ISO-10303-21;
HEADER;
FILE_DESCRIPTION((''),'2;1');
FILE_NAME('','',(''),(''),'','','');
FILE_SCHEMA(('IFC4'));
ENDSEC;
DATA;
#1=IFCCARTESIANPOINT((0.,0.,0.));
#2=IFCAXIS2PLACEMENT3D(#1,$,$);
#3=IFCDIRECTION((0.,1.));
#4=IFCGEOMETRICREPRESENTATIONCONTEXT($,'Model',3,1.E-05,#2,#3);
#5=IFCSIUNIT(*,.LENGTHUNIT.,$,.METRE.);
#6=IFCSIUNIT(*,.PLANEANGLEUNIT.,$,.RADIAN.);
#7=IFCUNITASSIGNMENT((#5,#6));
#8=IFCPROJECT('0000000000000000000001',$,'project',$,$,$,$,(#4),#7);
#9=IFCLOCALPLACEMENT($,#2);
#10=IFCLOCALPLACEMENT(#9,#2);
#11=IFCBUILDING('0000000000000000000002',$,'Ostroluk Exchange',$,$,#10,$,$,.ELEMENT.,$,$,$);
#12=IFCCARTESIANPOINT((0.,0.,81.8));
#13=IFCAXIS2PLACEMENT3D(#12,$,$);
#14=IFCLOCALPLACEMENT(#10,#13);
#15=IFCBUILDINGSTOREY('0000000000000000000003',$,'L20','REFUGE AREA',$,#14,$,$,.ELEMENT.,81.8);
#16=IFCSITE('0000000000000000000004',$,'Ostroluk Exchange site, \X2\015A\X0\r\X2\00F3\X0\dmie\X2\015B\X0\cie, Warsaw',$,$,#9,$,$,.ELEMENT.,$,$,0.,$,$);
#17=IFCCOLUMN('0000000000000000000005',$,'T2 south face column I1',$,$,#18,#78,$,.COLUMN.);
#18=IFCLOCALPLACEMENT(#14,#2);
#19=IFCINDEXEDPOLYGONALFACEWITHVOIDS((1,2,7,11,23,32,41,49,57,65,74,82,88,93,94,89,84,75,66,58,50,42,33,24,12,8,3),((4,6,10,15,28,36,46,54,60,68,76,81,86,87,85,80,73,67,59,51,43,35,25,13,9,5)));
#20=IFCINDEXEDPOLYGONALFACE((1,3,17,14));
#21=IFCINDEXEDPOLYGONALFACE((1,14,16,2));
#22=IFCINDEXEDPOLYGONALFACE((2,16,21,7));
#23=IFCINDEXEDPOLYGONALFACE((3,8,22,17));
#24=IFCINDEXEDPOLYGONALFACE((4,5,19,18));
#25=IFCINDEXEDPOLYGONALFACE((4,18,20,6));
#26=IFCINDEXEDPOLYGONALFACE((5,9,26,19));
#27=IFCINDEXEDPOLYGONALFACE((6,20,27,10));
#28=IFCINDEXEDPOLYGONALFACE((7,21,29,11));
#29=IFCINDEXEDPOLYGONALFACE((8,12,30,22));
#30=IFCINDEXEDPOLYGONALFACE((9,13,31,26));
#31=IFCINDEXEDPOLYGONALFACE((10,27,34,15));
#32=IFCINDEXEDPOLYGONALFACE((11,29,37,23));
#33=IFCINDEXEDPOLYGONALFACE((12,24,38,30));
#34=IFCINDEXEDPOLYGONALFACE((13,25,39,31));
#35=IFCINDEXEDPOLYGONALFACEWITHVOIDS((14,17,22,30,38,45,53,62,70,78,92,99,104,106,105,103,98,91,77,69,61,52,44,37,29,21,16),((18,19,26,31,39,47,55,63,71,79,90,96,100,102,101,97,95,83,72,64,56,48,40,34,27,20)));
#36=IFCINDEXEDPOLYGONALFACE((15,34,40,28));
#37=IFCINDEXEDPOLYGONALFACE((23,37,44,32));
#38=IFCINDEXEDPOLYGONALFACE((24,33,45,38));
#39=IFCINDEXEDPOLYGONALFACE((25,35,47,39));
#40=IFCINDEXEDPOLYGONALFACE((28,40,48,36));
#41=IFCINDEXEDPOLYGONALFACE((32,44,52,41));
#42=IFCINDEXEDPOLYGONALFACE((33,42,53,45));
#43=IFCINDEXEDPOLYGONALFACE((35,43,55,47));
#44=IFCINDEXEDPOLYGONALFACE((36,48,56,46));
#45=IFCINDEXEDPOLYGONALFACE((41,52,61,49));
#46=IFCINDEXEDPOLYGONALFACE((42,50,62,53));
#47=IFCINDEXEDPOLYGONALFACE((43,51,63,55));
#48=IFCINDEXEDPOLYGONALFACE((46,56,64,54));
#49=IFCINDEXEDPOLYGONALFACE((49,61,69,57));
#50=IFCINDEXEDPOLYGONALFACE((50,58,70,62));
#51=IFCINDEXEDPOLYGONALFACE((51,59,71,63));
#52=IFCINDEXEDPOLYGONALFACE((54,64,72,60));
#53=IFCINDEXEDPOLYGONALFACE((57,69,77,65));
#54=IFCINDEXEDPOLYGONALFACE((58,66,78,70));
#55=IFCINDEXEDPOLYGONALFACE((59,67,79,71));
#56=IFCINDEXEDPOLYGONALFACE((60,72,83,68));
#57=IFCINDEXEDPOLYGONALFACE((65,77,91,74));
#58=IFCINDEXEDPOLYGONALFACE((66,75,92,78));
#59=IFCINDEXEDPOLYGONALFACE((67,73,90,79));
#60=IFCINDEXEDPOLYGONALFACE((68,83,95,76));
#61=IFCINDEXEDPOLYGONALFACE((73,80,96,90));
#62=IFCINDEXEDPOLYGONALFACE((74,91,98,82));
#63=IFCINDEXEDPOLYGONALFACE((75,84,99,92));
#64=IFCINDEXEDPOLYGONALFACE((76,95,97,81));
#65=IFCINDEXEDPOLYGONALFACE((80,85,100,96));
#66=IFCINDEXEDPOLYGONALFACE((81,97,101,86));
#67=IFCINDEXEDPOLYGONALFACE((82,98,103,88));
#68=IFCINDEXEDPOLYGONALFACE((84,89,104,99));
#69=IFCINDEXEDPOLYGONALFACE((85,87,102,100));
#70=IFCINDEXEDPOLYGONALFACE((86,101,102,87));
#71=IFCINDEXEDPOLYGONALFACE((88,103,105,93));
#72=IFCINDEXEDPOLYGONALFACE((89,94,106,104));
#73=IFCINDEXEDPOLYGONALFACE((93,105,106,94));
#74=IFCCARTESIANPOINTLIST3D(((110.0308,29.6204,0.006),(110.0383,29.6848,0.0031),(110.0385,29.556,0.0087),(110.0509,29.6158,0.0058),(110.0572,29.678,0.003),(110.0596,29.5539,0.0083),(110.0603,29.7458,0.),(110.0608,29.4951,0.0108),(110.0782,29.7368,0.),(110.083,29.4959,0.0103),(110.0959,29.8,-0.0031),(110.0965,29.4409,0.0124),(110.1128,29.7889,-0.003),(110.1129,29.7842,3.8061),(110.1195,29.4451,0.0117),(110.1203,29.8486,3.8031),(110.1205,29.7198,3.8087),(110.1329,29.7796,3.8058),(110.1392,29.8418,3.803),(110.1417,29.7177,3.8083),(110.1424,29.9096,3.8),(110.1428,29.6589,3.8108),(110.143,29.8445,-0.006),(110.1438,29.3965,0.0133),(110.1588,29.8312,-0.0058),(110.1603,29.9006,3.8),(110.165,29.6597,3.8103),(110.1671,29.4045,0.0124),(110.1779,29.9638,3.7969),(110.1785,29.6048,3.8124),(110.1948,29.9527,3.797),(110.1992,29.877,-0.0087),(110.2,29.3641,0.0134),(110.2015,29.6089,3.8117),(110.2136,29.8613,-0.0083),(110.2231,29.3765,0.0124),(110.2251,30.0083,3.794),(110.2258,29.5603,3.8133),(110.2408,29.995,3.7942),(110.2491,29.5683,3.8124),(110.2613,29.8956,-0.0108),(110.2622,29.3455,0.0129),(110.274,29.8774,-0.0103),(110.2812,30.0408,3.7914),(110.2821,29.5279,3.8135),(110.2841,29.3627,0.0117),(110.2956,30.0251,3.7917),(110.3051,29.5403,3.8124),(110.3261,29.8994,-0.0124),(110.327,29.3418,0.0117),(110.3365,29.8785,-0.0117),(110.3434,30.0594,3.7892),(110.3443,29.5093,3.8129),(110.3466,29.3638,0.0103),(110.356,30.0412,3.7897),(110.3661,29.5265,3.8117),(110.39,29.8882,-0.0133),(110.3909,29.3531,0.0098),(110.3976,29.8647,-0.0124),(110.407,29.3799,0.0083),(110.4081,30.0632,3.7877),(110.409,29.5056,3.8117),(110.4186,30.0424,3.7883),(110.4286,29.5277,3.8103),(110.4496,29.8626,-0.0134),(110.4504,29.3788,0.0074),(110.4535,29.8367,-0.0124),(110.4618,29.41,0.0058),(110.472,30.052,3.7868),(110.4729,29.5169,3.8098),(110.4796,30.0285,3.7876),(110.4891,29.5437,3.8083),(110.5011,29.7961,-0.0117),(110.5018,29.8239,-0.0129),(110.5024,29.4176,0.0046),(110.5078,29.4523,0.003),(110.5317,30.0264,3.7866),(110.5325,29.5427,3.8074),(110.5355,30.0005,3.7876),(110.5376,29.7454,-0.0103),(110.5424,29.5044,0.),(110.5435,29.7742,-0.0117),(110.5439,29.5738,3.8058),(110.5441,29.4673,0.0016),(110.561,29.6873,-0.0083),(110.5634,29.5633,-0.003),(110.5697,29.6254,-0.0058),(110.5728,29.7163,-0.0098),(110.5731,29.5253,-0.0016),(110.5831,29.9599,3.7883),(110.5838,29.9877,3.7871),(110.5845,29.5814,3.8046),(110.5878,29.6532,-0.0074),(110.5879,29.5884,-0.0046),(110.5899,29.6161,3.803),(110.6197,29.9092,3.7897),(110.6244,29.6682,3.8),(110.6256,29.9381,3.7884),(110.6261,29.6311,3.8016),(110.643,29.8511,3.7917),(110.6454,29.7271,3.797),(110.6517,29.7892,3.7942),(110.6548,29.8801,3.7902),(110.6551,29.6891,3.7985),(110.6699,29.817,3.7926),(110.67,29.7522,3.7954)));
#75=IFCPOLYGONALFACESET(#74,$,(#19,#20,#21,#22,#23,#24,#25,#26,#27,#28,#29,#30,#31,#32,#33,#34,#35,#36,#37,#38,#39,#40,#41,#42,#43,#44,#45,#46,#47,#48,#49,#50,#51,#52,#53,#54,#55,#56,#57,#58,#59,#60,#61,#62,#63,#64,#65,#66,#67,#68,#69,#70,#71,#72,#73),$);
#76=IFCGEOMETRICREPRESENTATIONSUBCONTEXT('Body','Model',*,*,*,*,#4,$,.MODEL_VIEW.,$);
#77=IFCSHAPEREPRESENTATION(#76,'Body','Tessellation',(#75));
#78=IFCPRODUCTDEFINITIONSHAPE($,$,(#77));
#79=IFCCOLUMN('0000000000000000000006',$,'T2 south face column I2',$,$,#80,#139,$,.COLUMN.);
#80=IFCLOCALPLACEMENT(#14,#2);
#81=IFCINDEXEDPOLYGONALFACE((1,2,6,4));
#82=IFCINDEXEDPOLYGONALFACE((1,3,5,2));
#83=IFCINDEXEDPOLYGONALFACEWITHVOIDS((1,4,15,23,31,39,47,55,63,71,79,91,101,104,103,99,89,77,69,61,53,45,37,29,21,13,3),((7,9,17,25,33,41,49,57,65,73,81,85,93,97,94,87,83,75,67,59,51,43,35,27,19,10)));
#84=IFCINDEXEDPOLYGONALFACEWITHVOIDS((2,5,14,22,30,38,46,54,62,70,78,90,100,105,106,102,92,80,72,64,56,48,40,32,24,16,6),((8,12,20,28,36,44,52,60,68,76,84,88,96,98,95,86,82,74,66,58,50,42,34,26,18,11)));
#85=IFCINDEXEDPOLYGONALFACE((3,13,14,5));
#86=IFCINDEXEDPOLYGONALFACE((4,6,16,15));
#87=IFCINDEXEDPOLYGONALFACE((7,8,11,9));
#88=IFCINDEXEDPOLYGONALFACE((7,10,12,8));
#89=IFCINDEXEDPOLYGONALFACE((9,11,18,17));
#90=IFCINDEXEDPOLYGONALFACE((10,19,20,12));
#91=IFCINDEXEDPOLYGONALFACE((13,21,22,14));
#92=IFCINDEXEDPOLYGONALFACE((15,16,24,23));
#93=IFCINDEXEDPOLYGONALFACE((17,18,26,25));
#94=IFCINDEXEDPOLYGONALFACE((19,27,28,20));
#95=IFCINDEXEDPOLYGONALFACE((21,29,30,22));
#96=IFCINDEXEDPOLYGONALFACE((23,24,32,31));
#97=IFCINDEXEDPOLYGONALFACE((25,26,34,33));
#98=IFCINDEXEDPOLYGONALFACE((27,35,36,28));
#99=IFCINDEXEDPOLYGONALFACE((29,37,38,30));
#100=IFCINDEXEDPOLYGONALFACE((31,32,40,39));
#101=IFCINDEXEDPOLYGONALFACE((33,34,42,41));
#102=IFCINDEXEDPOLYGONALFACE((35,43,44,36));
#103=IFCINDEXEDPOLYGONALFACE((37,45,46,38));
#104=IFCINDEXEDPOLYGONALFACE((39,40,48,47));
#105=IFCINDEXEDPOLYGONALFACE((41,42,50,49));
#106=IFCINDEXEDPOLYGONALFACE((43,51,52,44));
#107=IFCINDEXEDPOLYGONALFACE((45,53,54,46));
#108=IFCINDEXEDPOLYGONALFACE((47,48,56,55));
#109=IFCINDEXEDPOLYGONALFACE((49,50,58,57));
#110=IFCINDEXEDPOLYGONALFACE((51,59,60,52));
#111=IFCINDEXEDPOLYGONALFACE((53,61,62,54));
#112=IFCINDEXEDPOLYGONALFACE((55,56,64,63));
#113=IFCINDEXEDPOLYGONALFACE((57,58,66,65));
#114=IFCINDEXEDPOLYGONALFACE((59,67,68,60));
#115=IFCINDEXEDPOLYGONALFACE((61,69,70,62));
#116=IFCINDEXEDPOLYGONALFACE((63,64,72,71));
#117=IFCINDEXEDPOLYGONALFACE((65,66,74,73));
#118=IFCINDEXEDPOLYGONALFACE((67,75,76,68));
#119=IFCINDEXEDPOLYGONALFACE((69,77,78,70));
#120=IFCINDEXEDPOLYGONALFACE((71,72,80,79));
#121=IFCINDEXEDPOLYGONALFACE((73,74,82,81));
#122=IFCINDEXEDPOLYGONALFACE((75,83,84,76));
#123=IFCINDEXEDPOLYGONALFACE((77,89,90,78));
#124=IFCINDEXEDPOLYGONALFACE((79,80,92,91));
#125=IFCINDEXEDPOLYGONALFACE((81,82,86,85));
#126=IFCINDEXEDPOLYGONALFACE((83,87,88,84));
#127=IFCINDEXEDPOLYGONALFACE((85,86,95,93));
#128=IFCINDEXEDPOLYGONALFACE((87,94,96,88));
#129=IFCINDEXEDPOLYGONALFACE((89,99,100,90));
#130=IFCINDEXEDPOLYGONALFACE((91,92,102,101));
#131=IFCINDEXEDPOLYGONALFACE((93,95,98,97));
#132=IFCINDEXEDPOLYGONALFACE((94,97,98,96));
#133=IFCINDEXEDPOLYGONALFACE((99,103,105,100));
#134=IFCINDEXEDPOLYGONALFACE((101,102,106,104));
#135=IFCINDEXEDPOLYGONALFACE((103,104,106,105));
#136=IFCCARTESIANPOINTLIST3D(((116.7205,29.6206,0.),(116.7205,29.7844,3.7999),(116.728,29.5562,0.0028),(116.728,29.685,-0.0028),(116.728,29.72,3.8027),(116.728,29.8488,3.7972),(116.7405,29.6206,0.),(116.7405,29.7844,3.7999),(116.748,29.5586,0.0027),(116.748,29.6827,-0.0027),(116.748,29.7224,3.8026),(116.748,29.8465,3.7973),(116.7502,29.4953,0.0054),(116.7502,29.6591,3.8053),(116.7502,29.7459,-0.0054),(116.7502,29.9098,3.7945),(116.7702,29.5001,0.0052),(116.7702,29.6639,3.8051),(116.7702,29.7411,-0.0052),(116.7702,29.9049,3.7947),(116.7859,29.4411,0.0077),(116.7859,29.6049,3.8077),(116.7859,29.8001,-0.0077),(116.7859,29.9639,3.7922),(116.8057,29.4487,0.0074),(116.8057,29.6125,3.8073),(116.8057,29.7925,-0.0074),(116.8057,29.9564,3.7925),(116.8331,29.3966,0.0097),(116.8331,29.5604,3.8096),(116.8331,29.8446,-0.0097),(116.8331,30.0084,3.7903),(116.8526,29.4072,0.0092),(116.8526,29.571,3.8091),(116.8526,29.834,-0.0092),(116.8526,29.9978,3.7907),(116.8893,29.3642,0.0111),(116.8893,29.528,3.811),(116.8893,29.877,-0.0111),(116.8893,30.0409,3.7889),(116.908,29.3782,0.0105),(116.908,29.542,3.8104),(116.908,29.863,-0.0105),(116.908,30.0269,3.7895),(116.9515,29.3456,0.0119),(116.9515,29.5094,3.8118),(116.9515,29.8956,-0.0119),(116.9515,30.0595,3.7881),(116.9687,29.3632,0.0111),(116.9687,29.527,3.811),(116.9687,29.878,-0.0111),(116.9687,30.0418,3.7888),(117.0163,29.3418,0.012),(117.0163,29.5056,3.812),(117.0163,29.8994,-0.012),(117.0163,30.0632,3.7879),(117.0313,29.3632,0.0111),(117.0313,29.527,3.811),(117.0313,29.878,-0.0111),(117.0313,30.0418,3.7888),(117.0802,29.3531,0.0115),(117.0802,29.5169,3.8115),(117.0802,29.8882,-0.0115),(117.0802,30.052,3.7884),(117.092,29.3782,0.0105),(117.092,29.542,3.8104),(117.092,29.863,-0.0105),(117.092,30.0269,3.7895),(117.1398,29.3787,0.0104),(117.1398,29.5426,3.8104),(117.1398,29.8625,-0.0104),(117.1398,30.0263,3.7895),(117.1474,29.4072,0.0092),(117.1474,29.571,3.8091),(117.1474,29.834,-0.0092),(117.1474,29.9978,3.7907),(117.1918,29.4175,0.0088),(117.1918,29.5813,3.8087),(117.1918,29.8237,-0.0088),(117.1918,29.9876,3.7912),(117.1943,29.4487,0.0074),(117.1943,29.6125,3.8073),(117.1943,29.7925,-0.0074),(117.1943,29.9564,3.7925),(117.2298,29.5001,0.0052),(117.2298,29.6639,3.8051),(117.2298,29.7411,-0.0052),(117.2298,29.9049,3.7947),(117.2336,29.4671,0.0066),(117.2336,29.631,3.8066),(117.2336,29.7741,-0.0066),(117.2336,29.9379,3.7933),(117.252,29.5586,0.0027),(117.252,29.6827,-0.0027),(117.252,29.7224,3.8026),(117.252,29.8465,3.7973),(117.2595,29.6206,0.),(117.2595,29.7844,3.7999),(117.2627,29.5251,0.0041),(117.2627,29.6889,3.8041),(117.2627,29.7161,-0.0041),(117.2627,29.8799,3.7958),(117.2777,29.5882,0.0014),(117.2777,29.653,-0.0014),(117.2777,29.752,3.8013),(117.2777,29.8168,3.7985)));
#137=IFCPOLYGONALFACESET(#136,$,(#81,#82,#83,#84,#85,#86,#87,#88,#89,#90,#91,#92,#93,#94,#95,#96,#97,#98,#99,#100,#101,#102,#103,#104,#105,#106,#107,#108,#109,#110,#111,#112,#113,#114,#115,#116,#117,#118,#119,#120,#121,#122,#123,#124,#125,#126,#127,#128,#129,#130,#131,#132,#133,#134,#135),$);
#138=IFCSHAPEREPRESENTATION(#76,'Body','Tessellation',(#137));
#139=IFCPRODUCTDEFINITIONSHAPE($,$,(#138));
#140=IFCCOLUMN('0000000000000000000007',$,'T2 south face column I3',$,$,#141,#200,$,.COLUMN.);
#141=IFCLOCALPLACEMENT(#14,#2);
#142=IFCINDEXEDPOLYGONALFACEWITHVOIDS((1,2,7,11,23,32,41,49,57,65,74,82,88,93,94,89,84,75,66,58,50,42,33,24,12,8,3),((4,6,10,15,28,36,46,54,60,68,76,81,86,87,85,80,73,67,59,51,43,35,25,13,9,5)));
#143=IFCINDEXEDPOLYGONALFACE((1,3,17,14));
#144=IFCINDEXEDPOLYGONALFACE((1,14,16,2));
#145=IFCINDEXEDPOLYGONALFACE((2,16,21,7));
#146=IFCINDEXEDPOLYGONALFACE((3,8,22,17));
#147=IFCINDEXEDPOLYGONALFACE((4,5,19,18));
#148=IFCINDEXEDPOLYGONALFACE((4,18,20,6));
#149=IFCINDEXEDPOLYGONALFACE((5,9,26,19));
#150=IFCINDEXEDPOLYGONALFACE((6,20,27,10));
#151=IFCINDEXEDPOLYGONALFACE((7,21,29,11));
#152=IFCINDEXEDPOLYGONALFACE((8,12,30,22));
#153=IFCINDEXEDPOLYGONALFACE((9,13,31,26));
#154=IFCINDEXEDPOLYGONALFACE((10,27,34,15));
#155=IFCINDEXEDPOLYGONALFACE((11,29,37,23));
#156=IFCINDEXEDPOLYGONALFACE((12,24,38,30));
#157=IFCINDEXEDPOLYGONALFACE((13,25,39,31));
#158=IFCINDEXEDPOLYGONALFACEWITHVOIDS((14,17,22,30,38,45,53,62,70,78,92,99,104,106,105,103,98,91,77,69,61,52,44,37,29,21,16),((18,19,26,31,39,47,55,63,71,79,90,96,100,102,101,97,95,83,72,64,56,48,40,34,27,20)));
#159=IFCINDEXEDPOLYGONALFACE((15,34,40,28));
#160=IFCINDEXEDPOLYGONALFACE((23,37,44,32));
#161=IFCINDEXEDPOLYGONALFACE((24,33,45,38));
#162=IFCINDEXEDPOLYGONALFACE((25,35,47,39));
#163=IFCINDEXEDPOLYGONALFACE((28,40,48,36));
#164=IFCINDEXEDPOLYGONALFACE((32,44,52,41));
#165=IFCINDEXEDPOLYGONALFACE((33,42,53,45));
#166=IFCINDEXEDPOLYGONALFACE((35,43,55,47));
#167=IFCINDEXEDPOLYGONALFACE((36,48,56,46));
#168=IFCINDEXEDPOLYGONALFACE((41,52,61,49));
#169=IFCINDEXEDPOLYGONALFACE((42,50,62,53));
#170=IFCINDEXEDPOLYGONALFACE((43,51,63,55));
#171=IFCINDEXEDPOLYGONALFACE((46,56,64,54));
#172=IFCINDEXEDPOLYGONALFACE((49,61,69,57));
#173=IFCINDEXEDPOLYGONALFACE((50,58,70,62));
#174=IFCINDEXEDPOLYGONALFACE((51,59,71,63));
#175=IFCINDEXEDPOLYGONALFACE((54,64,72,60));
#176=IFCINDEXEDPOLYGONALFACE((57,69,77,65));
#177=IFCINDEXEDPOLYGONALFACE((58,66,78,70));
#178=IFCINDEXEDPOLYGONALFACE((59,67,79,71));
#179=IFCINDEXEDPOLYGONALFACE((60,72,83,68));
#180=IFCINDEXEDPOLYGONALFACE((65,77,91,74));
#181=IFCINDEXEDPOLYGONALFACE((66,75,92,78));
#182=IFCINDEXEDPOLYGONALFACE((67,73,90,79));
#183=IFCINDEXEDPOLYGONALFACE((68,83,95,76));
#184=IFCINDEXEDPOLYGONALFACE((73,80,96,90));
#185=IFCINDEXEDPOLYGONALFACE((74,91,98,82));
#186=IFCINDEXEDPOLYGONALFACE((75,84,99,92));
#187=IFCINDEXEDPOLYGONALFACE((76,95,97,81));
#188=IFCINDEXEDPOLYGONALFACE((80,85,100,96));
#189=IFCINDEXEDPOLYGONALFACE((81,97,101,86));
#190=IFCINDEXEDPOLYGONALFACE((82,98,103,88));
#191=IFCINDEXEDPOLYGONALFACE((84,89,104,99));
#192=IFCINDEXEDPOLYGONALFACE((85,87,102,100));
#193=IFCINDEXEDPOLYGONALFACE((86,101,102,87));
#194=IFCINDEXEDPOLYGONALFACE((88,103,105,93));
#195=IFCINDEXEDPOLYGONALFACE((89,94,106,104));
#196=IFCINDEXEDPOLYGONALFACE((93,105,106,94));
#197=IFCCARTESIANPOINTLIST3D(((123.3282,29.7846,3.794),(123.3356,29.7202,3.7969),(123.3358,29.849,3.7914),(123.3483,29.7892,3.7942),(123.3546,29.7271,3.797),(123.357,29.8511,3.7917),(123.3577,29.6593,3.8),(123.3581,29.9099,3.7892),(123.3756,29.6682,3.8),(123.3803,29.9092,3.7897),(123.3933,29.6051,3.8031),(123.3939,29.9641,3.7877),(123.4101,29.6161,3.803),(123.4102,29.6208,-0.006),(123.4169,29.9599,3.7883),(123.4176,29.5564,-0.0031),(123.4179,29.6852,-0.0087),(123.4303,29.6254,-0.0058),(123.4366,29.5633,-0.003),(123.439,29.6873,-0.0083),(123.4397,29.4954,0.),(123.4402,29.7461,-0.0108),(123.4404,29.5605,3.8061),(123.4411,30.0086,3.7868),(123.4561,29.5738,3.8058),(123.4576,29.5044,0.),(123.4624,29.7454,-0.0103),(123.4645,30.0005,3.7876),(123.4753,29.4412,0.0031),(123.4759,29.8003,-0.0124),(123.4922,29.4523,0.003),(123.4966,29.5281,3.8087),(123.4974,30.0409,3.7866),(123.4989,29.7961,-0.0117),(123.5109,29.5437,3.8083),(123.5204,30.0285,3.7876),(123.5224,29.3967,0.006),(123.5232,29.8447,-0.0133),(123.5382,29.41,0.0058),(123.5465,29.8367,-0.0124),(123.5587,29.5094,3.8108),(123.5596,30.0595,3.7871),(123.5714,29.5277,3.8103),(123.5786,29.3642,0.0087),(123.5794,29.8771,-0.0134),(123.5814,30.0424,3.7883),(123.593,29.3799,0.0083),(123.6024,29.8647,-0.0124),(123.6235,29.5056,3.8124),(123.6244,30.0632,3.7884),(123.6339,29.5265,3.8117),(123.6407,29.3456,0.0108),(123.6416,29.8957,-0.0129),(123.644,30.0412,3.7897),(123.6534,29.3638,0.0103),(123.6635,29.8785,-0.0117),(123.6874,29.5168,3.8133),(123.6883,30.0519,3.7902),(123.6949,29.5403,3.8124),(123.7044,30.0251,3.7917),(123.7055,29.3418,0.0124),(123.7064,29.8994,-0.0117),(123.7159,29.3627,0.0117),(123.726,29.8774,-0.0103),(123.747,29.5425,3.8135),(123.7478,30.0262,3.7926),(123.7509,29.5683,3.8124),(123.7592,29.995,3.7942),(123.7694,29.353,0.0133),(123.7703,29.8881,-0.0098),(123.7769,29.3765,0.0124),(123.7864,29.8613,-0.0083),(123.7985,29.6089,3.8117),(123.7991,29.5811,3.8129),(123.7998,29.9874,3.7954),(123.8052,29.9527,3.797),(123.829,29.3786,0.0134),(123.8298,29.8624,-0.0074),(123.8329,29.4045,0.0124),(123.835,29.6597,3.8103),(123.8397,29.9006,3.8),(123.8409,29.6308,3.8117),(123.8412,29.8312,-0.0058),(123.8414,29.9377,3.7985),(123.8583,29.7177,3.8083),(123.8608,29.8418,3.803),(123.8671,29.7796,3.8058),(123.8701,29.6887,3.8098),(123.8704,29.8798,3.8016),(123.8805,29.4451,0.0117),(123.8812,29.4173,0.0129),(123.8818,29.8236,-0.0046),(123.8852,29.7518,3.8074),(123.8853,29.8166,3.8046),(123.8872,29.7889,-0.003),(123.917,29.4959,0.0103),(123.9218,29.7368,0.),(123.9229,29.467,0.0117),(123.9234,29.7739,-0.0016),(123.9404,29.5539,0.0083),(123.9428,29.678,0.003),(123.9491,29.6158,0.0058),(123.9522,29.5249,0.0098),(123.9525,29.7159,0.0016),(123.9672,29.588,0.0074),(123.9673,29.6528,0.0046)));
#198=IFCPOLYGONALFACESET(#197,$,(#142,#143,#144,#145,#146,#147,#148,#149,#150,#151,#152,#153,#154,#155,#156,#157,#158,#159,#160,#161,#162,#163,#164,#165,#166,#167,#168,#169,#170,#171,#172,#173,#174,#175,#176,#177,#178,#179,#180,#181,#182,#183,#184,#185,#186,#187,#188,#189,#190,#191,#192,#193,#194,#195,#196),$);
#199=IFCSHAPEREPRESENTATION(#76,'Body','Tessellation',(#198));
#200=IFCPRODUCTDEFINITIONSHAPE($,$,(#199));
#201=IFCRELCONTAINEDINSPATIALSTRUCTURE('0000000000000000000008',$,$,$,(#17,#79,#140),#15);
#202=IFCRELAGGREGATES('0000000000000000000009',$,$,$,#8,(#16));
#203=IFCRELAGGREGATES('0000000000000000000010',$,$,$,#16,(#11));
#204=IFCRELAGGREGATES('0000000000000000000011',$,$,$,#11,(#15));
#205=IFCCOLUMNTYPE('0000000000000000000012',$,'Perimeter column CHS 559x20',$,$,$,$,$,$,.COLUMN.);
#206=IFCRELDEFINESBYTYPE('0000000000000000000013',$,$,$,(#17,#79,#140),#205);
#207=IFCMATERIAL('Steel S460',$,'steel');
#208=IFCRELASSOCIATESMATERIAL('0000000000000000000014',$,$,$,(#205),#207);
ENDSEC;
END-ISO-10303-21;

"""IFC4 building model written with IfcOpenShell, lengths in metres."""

from ifc_helpers import new_model, si_unit, direction, frame, origin, origin_2d, place, context, subcontext, project, spatial, hollow_circle, extrude, material, material_profile, profile_set, type_object, element, save


model = new_model("IFC4")

# Units and contexts
model_context = context("Model", 3, precision=1e-05, world=origin(), true_north=direction((0.0, 1.0)))
body_context = subcontext(model_context, "Body", "Model", "MODEL_VIEW")
ifc_project = project(units=[si_unit("LENGTHUNIT", "METRE"), si_unit("PLANEANGLEUNIT", "RADIAN")], contexts=[model_context])

# Site, building, storey
site_placement = place(None, origin())
site = spatial("IfcSite", under=ifc_project, at=site_placement, Name="Ostroluk Exchange site, Śródmieście, Warsaw", CompositionType="ELEMENT", RefElevation=0.0)
building_placement = place(site_placement, origin())
building = spatial("IfcBuilding", under=site, at=building_placement, Name="Ostroluk Exchange", CompositionType="ELEMENT")
storey_placement = place(building_placement, frame((0.0, 0.0, 81.8)))
storey = spatial("IfcBuildingStorey", under=building, at=storey_placement, Name="L20", Description="REFUGE AREA", CompositionType="ELEMENT", Elevation=81.8)

# Columns
ifc_material_1 = material(Name="Steel S460", Category="steel")
ifc_material_profile_1 = material_profile(ifc_material_1, hollow_circle(Radius=0.2795, WallThickness=0.02, at=origin_2d()), Name="CHS 559x20")
ifc_profile_set_1 = profile_set([ifc_material_profile_1], Name="Steel S460")
column_type = type_object("IfcColumnType", Name="Perimeter column CHS 559x20", PredefinedType="COLUMN", material=ifc_profile_set_1)
column_1_placement = place(storey_placement, frame((110.3103, 29.6206, 0.0), z_axis=(0.021562, 0.04306, 0.99884), x_axis=(-0.894161, 0.447747, 0.0)))
element("IfcColumn", 1, at=column_1_placement, inside=storey, type_object=column_type, Name="T2 south face column I1", PredefinedType="COLUMN", context=body_context, shape_type="SweptSolid", body=[
    extrude(hollow_circle(Radius=0.2795, WallThickness=0.02, at=origin_2d()), origin(), (0.0, 0.0, 1.0), 3.8044),
])
column_2_placement = place(storey_placement, frame((117.0, 29.6206, 0.0), z_axis=(0.0, 0.04307, 0.999072), x_axis=(-1.0, 0.0, 0.0)))
element("IfcColumn", 2, at=column_2_placement, inside=storey, type_object=column_type, Name="T2 south face column I2", PredefinedType="COLUMN", context=body_context, shape_type="SweptSolid", body=[
    extrude(hollow_circle(Radius=0.2795, WallThickness=0.02, at=origin_2d()), origin(), (0.0, 0.0, 1.0), 3.8035),
])
column_3_placement = place(storey_placement, frame((123.6897, 29.6206, 0.0), z_axis=(-0.021562, 0.04306, 0.99884), x_axis=(-0.894161, -0.447747, 0.0)))
element("IfcColumn", 3, at=column_3_placement, inside=storey, type_object=column_type, Name="T2 south face column I3", PredefinedType="COLUMN", context=body_context, shape_type="SweptSolid", body=[
    extrude(hollow_circle(Radius=0.2795, WallThickness=0.02, at=origin_2d()), origin(), (0.0, 0.0, 1.0), 3.8044),
])

save(model, "model.ifc")
